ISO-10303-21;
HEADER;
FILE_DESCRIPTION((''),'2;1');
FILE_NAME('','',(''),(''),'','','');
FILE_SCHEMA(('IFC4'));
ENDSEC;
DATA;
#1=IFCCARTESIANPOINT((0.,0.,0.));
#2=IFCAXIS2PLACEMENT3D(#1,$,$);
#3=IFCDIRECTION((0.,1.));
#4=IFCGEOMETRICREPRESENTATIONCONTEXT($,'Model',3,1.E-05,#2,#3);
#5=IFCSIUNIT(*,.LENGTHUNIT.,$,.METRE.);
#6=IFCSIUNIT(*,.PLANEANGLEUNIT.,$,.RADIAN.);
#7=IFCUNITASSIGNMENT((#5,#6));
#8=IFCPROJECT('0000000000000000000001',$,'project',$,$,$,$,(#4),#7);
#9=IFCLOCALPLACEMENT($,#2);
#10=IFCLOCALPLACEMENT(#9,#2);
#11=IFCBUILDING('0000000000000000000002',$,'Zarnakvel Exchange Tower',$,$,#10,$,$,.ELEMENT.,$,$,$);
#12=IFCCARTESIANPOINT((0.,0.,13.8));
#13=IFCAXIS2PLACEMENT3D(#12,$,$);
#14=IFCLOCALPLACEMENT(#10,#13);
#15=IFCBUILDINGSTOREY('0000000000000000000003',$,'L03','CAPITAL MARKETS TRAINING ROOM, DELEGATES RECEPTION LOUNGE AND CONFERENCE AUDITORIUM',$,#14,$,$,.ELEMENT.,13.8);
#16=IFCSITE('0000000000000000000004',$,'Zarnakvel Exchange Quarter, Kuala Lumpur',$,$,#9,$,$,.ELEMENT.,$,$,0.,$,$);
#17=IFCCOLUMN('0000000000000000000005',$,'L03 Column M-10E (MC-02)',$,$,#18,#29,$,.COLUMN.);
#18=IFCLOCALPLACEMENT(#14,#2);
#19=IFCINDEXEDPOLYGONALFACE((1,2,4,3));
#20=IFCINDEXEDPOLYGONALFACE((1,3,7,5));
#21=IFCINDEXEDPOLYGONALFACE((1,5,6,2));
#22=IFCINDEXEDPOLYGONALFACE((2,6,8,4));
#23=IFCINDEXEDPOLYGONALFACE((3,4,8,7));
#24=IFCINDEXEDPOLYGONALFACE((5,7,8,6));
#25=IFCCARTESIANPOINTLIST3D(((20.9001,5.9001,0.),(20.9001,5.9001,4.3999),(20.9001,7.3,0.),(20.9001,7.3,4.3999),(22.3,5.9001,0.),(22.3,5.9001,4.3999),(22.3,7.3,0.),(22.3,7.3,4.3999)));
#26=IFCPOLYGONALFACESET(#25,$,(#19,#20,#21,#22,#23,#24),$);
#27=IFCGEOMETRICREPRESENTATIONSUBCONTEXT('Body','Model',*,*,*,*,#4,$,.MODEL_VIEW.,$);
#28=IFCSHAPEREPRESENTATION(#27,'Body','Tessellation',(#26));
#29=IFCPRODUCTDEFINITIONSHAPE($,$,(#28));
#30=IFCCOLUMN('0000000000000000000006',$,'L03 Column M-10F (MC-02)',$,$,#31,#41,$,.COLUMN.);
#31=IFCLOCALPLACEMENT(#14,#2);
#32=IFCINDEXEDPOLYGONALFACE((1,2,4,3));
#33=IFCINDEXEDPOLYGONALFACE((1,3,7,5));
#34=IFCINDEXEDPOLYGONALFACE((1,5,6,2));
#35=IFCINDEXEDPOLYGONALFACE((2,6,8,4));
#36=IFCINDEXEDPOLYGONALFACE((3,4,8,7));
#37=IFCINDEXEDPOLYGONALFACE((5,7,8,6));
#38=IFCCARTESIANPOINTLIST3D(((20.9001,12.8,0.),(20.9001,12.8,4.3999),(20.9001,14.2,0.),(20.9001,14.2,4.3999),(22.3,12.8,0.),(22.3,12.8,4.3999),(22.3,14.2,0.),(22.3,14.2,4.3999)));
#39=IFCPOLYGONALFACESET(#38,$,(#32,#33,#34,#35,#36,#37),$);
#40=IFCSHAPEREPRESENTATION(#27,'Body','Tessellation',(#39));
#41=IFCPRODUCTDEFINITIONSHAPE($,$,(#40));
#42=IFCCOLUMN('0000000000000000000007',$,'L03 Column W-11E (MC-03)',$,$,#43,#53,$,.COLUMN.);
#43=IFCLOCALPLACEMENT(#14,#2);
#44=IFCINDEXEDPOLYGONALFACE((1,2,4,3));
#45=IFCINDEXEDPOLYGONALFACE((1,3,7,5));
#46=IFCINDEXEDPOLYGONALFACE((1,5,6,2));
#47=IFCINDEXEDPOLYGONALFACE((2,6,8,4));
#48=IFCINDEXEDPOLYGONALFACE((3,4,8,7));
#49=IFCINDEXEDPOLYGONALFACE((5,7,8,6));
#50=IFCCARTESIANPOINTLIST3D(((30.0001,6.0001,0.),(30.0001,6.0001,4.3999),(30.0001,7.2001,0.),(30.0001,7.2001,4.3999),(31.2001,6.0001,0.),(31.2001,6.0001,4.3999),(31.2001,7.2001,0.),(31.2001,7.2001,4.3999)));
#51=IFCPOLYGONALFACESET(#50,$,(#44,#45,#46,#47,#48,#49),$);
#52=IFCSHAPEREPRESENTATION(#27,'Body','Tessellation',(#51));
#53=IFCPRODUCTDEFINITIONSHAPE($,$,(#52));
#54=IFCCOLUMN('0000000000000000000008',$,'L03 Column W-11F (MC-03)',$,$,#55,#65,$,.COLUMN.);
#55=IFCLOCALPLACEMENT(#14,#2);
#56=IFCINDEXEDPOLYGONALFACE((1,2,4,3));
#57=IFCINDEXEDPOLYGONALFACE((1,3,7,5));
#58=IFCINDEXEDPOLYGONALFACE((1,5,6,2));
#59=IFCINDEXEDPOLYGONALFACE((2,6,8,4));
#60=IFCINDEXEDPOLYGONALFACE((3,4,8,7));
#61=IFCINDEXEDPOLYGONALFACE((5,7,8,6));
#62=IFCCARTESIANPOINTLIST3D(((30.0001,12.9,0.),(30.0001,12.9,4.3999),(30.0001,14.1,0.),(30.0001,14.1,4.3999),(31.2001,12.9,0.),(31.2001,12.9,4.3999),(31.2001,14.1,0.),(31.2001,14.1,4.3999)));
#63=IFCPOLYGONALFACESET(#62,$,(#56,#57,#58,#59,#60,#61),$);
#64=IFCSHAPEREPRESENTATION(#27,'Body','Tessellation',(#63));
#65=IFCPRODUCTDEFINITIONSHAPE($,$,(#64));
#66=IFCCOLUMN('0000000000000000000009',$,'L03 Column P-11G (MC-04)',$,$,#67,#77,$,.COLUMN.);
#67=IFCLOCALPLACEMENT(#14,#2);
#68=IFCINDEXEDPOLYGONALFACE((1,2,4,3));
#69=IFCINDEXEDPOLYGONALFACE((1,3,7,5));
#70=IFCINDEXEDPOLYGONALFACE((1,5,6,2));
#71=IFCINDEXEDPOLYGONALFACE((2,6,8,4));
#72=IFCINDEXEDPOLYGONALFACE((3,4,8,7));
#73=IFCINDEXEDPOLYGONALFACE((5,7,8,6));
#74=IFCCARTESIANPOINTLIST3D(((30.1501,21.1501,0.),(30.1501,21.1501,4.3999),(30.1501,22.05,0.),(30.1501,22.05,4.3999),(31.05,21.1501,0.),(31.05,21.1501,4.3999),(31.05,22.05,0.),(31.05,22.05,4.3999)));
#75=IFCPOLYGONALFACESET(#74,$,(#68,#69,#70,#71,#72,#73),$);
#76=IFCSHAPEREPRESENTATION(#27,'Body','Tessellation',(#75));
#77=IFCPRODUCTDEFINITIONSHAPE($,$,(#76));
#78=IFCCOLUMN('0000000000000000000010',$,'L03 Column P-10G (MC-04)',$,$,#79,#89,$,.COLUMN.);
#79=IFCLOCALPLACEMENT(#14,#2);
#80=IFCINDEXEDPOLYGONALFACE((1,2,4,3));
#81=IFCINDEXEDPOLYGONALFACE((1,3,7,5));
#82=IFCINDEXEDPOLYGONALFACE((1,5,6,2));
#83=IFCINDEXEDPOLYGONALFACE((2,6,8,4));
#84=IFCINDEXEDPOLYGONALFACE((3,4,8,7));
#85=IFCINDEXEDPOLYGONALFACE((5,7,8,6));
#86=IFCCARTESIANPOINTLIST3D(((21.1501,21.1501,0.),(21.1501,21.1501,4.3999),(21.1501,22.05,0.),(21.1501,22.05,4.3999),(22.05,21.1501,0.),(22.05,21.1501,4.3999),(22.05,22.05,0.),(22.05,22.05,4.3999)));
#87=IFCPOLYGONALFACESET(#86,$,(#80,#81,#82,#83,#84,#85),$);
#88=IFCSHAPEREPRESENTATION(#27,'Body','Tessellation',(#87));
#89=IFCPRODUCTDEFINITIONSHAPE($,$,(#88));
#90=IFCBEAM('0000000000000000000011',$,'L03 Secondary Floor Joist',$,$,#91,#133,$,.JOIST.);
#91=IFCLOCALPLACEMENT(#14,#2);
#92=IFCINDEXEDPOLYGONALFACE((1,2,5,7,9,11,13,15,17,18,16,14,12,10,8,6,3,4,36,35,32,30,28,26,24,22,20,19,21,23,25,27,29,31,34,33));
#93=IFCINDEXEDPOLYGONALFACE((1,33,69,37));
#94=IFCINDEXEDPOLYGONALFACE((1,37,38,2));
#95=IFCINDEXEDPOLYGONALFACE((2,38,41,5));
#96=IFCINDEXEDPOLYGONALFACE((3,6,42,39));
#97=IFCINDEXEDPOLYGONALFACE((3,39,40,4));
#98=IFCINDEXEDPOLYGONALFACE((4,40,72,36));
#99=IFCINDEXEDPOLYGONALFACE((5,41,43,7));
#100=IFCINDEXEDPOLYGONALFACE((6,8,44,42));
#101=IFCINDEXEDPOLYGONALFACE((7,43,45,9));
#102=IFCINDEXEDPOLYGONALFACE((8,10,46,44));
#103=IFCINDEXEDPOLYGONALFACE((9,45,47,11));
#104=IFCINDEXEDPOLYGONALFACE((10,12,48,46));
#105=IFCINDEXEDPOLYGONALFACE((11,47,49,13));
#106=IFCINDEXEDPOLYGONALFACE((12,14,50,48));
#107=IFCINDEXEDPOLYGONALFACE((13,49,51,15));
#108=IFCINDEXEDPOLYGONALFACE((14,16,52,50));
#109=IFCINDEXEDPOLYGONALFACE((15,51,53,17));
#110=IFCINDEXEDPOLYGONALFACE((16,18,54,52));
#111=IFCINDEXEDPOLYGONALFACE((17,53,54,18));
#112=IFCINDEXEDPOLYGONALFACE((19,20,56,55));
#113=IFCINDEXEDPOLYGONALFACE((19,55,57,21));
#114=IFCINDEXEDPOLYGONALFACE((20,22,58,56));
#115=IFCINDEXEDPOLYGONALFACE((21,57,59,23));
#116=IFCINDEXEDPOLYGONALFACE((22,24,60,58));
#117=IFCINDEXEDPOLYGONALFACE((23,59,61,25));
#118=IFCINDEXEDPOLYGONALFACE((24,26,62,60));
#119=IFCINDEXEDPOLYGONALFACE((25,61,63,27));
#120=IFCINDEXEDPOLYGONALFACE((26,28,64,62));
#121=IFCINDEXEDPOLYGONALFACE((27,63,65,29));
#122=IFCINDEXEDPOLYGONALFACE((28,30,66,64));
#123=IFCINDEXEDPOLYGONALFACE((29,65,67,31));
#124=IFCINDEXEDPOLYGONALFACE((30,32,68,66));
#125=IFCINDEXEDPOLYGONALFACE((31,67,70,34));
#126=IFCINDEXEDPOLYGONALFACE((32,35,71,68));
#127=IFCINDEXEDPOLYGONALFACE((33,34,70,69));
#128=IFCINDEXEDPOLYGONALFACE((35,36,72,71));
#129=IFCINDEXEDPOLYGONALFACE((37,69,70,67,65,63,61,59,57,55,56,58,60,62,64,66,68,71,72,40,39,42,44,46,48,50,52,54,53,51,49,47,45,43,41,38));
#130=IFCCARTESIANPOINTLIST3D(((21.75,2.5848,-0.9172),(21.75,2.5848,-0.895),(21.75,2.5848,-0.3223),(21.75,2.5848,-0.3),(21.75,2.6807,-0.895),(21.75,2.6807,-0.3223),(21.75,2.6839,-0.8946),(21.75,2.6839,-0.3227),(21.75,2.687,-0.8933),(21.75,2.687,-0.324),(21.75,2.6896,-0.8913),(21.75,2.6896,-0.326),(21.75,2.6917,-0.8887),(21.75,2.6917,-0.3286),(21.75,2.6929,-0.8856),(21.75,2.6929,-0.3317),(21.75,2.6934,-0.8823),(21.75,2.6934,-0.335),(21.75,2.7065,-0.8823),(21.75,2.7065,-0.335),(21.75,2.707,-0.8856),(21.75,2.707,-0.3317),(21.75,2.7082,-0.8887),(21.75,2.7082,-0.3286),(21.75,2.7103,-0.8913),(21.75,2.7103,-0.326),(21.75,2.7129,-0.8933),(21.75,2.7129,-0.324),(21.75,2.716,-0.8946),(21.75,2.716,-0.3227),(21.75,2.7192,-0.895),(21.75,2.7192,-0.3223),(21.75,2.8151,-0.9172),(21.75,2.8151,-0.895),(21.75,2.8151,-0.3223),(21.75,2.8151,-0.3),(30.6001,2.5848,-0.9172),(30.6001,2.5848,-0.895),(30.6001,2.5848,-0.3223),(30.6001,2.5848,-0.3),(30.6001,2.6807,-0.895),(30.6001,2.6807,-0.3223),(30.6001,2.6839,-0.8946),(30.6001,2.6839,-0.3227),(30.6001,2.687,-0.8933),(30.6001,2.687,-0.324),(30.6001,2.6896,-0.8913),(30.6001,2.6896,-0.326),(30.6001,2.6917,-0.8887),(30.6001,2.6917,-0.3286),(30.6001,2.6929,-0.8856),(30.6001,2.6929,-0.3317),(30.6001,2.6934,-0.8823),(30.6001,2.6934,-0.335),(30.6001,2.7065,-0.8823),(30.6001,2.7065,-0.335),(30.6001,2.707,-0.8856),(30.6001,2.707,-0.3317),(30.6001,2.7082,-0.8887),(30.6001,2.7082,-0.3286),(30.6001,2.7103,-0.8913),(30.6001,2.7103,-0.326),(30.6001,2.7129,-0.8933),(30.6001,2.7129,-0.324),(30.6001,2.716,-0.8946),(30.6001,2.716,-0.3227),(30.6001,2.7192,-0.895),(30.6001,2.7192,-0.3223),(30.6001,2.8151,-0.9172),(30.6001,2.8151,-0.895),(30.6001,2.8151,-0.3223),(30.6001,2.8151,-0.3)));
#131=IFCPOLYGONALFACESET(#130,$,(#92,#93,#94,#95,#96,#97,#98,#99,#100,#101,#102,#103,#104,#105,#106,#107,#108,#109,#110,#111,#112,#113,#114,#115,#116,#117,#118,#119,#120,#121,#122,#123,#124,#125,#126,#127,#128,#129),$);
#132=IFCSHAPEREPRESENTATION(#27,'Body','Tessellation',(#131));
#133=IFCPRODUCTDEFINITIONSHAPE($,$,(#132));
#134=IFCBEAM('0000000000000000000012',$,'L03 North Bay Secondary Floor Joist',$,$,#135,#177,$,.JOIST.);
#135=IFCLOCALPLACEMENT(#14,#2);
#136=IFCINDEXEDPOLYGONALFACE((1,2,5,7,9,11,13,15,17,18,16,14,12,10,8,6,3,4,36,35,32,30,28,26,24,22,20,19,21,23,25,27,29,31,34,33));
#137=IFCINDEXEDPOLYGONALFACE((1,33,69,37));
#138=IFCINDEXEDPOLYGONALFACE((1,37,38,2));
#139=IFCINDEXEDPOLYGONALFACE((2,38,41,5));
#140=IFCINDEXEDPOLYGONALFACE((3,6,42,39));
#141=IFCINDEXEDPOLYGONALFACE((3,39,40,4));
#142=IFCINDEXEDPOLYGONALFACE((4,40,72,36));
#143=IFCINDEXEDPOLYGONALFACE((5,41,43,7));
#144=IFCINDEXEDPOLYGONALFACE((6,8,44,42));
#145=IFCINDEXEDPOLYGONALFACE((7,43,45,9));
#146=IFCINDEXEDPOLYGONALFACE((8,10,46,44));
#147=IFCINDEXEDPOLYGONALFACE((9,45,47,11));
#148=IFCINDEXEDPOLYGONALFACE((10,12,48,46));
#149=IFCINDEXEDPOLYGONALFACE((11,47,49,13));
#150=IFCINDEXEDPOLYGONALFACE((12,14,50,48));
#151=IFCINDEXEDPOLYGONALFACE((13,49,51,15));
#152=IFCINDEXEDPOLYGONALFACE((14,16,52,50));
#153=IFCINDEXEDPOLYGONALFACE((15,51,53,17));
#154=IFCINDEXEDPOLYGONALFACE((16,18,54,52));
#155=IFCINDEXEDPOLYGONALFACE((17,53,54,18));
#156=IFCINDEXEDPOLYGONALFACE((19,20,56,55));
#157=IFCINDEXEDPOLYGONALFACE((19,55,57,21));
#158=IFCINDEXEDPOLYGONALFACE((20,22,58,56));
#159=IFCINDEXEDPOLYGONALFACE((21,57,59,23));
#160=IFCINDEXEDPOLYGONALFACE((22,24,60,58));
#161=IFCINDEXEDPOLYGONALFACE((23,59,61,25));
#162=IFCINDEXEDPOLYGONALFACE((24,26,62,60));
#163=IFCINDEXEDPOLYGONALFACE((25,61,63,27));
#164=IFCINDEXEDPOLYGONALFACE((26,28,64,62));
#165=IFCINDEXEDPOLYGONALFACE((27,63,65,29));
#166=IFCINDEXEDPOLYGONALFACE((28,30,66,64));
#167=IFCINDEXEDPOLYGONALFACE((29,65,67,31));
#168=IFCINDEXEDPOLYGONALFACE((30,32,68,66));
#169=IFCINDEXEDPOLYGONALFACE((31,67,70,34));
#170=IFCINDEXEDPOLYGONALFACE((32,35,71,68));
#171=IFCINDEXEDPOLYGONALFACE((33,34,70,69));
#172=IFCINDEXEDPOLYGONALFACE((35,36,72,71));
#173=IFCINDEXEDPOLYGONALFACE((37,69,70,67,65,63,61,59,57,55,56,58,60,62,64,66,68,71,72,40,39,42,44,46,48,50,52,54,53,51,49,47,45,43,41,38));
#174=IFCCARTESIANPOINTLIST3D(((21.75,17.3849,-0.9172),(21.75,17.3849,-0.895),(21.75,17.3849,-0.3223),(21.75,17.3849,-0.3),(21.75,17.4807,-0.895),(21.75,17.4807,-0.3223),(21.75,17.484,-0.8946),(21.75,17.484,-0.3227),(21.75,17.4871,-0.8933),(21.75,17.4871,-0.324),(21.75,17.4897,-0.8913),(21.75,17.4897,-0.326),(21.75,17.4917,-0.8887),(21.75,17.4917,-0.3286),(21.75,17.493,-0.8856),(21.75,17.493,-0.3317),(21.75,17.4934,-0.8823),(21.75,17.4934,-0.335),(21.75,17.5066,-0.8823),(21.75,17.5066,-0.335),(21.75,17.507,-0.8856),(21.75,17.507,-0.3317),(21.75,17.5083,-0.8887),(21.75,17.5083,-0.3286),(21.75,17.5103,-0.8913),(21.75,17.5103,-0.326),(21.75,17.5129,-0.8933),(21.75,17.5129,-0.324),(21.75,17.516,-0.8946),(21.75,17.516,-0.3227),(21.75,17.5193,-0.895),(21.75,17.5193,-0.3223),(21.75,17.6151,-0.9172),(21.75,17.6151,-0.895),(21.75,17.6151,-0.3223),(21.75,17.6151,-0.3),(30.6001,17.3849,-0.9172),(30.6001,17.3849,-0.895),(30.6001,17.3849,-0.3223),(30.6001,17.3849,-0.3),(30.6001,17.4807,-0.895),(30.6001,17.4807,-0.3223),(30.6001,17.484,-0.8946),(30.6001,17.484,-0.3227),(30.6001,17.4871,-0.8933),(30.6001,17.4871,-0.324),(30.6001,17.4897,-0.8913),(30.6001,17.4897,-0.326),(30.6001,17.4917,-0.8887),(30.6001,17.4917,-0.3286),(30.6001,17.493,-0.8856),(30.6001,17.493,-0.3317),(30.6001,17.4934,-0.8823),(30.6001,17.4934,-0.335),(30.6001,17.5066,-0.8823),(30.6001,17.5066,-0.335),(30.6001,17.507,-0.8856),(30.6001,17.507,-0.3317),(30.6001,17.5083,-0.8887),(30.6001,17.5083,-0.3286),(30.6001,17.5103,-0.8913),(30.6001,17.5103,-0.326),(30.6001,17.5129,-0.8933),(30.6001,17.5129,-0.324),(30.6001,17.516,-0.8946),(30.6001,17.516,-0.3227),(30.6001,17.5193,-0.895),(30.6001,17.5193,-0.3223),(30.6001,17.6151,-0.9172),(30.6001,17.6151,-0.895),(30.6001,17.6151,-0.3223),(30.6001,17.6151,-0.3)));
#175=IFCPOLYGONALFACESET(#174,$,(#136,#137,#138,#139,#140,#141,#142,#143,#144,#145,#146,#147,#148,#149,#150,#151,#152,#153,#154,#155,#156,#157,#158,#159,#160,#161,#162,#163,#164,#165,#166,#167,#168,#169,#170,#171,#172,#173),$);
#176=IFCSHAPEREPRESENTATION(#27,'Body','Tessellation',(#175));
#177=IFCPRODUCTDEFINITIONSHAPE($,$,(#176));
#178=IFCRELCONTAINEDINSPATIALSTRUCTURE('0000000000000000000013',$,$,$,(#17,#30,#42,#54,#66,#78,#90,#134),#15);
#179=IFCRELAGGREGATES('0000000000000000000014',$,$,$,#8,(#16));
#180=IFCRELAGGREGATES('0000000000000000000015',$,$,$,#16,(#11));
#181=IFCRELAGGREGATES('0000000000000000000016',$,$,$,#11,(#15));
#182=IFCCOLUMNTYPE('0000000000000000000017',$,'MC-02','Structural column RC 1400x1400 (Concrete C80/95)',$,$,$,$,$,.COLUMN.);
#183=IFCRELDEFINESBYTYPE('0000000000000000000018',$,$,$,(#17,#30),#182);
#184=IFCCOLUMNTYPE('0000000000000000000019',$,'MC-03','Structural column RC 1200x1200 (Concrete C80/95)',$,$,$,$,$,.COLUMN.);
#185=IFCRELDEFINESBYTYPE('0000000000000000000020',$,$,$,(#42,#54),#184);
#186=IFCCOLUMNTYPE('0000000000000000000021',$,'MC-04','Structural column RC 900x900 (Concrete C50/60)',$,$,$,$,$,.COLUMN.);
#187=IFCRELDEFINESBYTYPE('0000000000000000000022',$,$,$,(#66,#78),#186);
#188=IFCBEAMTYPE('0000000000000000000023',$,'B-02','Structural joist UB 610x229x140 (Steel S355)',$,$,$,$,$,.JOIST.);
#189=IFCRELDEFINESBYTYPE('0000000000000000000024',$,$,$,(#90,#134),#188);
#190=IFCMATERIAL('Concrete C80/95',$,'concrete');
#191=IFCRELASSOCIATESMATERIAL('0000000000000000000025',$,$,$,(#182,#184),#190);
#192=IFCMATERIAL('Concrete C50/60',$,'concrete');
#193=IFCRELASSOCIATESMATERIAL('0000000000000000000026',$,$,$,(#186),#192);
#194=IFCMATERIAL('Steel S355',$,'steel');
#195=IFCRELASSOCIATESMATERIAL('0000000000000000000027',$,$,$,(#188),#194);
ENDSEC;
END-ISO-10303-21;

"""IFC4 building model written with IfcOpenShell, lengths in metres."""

from ifc_helpers import new_model, si_unit, direction, frame, origin, origin_2d, place, context, subcontext, project, spatial, rectangle, i_section, extrude, material, material_profile, profile_set, type_object, element, save


model = new_model("IFC4")

# Units and contexts
model_context = context("Model", 3, precision=1e-05, world=origin(), true_north=direction((0.0, 1.0)))
body_context = subcontext(model_context, "Body", "Model", "MODEL_VIEW")
ifc_project = project(units=[si_unit("LENGTHUNIT", "METRE"), si_unit("PLANEANGLEUNIT", "RADIAN")], contexts=[model_context])

# Site, building, storey
site_placement = place(None, origin())
site = spatial("IfcSite", under=ifc_project, at=site_placement, Name="Zarnakvel Exchange Quarter, Kuala Lumpur", CompositionType="ELEMENT", RefElevation=0.0)
building_placement = place(site_placement, origin())
building = spatial("IfcBuilding", under=site, at=building_placement, Name="Zarnakvel Exchange Tower", CompositionType="ELEMENT")
storey_placement = place(building_placement, frame((0.0, 0.0, 13.8)))
storey = spatial("IfcBuildingStorey", under=building, at=storey_placement, Name="L03", Description="CAPITAL MARKETS TRAINING ROOM, DELEGATES RECEPTION LOUNGE AND CONFERENCE AUDITORIUM", CompositionType="ELEMENT", Elevation=13.8)

# Columns
ifc_material_1 = material(Name="Concrete C80/95", Category="concrete")
ifc_material_profile_1 = material_profile(ifc_material_1, rectangle(XDim=1.3999, YDim=1.3999, at=origin_2d()))
ifc_profile_set_1 = profile_set([ifc_material_profile_1], Name="Concrete C80/95")
column_type_1 = type_object("IfcColumnType", Name="MC-02", Description="Structural column RC 1400x1400 (Concrete C80/95)", PredefinedType="COLUMN", material=ifc_profile_set_1)
for number, where, z_axis, x_axis, name in (
    (1, (21.6001, 6.6001, 0.0), (0.0, 0.0, 1.0), (1.0, 0.0, 0.0), "L03 Column M-10E (MC-02)"),
    (2, (21.6001, 13.5, 0.0), (0.0, 0.0, 1.0), (1.0, 0.0, 0.0), "L03 Column M-10F (MC-02)"),
):
    element("IfcColumn", number, at=place(storey_placement, frame(where, z_axis=z_axis, x_axis=x_axis)), inside=storey, type_object=column_type_1, Name=name, PredefinedType="COLUMN", context=body_context, shape_type="SweptSolid", body=[
        extrude(rectangle(XDim=1.3999, YDim=1.3999, at=origin_2d()), origin(), (0.0, 0.0, 1.0), 4.3999),
    ])
ifc_material_profile_2 = material_profile(ifc_material_1, rectangle(XDim=1.2, YDim=1.2, at=origin_2d()))
ifc_profile_set_2 = profile_set([ifc_material_profile_2], Name="Concrete C80/95")
column_type_2 = type_object("IfcColumnType", Name="MC-03", Description="Structural column RC 1200x1200 (Concrete C80/95)", PredefinedType="COLUMN", material=ifc_profile_set_2)
for number, where, z_axis, x_axis, name in (
    (3, (30.6001, 6.6001, 0.0), (0.0, 0.0, 1.0), (1.0, 0.0, 0.0), "L03 Column W-11E (MC-03)"),
    (4, (30.6001, 13.5, 0.0), (0.0, 0.0, 1.0), (1.0, 0.0, 0.0), "L03 Column W-11F (MC-03)"),
):
    element("IfcColumn", number, at=place(storey_placement, frame(where, z_axis=z_axis, x_axis=x_axis)), inside=storey, type_object=column_type_2, Name=name, PredefinedType="COLUMN", context=body_context, shape_type="SweptSolid", body=[
        extrude(rectangle(XDim=1.2, YDim=1.2, at=origin_2d()), origin(), (0.0, 0.0, 1.0), 4.3999),
    ])
ifc_material_2 = material(Name="Concrete C50/60", Category="concrete")
ifc_material_profile_3 = material_profile(ifc_material_2, rectangle(XDim=0.8999, YDim=0.8999, at=origin_2d()))
ifc_profile_set_3 = profile_set([ifc_material_profile_3], Name="Concrete C50/60")
column_type_3 = type_object("IfcColumnType", Name="MC-04", Description="Structural column RC 900x900 (Concrete C50/60)", PredefinedType="COLUMN", material=ifc_profile_set_3)
for number, where, z_axis, x_axis, name in (
    (5, (30.6001, 21.6001, 0.0), (0.0, 0.0, 1.0), (1.0, 0.0, 0.0), "L03 Column P-11G (MC-04)"),
    (6, (21.6001, 21.6001, 0.0), (0.0, 0.0, 1.0), (1.0, 0.0, 0.0), "L03 Column P-10G (MC-04)"),
):
    element("IfcColumn", number, at=place(storey_placement, frame(where, z_axis=z_axis, x_axis=x_axis)), inside=storey, type_object=column_type_3, Name=name, PredefinedType="COLUMN", context=body_context, shape_type="SweptSolid", body=[
        extrude(rectangle(XDim=0.8999, YDim=0.8999, at=origin_2d()), origin(), (0.0, 0.0, 1.0), 4.3999),
    ])

# Beams
ifc_material_3 = material(Name="Steel S355", Category="steel")
ifc_material_profile_4 = material_profile(ifc_material_3, i_section(OverallWidth=0.2302, OverallDepth=0.6172, WebThickness=0.0132, FlangeThickness=0.0222, FilletRadius=0.0127, at=origin_2d()))
ifc_profile_set_4 = profile_set([ifc_material_profile_4], Name="Steel S355")
beam_type_1 = type_object("IfcBeamType", Name="B-02", Description="Structural joist UB 610x229x140 (Steel S355)", PredefinedType="JOIST", material=ifc_profile_set_4)
for number, where, z_axis, x_axis, name in (
    (7, (21.75, 2.7, -0.6086), (1.0, 0.0, 0.0), (0.0, 1.0, 0.0), "L03 Secondary Floor Joist"),
    (8, (21.75, 17.5, -0.6086), (1.0, 0.0, 0.0), (0.0, 1.0, 0.0), "L03 North Bay Secondary Floor Joist"),
):
    element("IfcBeam", number, at=place(storey_placement, frame(where, z_axis=z_axis, x_axis=x_axis)), inside=storey, type_object=beam_type_1, Name=name, PredefinedType="JOIST", context=body_context, shape_type="SweptSolid", body=[
        extrude(i_section(OverallWidth=0.2302, OverallDepth=0.6172, WebThickness=0.0132, FlangeThickness=0.0222, FilletRadius=0.0127, at=origin_2d()), origin(), (0.0, 0.0, 1.0), 8.8501),
    ])

save(model, "model.ifc")
